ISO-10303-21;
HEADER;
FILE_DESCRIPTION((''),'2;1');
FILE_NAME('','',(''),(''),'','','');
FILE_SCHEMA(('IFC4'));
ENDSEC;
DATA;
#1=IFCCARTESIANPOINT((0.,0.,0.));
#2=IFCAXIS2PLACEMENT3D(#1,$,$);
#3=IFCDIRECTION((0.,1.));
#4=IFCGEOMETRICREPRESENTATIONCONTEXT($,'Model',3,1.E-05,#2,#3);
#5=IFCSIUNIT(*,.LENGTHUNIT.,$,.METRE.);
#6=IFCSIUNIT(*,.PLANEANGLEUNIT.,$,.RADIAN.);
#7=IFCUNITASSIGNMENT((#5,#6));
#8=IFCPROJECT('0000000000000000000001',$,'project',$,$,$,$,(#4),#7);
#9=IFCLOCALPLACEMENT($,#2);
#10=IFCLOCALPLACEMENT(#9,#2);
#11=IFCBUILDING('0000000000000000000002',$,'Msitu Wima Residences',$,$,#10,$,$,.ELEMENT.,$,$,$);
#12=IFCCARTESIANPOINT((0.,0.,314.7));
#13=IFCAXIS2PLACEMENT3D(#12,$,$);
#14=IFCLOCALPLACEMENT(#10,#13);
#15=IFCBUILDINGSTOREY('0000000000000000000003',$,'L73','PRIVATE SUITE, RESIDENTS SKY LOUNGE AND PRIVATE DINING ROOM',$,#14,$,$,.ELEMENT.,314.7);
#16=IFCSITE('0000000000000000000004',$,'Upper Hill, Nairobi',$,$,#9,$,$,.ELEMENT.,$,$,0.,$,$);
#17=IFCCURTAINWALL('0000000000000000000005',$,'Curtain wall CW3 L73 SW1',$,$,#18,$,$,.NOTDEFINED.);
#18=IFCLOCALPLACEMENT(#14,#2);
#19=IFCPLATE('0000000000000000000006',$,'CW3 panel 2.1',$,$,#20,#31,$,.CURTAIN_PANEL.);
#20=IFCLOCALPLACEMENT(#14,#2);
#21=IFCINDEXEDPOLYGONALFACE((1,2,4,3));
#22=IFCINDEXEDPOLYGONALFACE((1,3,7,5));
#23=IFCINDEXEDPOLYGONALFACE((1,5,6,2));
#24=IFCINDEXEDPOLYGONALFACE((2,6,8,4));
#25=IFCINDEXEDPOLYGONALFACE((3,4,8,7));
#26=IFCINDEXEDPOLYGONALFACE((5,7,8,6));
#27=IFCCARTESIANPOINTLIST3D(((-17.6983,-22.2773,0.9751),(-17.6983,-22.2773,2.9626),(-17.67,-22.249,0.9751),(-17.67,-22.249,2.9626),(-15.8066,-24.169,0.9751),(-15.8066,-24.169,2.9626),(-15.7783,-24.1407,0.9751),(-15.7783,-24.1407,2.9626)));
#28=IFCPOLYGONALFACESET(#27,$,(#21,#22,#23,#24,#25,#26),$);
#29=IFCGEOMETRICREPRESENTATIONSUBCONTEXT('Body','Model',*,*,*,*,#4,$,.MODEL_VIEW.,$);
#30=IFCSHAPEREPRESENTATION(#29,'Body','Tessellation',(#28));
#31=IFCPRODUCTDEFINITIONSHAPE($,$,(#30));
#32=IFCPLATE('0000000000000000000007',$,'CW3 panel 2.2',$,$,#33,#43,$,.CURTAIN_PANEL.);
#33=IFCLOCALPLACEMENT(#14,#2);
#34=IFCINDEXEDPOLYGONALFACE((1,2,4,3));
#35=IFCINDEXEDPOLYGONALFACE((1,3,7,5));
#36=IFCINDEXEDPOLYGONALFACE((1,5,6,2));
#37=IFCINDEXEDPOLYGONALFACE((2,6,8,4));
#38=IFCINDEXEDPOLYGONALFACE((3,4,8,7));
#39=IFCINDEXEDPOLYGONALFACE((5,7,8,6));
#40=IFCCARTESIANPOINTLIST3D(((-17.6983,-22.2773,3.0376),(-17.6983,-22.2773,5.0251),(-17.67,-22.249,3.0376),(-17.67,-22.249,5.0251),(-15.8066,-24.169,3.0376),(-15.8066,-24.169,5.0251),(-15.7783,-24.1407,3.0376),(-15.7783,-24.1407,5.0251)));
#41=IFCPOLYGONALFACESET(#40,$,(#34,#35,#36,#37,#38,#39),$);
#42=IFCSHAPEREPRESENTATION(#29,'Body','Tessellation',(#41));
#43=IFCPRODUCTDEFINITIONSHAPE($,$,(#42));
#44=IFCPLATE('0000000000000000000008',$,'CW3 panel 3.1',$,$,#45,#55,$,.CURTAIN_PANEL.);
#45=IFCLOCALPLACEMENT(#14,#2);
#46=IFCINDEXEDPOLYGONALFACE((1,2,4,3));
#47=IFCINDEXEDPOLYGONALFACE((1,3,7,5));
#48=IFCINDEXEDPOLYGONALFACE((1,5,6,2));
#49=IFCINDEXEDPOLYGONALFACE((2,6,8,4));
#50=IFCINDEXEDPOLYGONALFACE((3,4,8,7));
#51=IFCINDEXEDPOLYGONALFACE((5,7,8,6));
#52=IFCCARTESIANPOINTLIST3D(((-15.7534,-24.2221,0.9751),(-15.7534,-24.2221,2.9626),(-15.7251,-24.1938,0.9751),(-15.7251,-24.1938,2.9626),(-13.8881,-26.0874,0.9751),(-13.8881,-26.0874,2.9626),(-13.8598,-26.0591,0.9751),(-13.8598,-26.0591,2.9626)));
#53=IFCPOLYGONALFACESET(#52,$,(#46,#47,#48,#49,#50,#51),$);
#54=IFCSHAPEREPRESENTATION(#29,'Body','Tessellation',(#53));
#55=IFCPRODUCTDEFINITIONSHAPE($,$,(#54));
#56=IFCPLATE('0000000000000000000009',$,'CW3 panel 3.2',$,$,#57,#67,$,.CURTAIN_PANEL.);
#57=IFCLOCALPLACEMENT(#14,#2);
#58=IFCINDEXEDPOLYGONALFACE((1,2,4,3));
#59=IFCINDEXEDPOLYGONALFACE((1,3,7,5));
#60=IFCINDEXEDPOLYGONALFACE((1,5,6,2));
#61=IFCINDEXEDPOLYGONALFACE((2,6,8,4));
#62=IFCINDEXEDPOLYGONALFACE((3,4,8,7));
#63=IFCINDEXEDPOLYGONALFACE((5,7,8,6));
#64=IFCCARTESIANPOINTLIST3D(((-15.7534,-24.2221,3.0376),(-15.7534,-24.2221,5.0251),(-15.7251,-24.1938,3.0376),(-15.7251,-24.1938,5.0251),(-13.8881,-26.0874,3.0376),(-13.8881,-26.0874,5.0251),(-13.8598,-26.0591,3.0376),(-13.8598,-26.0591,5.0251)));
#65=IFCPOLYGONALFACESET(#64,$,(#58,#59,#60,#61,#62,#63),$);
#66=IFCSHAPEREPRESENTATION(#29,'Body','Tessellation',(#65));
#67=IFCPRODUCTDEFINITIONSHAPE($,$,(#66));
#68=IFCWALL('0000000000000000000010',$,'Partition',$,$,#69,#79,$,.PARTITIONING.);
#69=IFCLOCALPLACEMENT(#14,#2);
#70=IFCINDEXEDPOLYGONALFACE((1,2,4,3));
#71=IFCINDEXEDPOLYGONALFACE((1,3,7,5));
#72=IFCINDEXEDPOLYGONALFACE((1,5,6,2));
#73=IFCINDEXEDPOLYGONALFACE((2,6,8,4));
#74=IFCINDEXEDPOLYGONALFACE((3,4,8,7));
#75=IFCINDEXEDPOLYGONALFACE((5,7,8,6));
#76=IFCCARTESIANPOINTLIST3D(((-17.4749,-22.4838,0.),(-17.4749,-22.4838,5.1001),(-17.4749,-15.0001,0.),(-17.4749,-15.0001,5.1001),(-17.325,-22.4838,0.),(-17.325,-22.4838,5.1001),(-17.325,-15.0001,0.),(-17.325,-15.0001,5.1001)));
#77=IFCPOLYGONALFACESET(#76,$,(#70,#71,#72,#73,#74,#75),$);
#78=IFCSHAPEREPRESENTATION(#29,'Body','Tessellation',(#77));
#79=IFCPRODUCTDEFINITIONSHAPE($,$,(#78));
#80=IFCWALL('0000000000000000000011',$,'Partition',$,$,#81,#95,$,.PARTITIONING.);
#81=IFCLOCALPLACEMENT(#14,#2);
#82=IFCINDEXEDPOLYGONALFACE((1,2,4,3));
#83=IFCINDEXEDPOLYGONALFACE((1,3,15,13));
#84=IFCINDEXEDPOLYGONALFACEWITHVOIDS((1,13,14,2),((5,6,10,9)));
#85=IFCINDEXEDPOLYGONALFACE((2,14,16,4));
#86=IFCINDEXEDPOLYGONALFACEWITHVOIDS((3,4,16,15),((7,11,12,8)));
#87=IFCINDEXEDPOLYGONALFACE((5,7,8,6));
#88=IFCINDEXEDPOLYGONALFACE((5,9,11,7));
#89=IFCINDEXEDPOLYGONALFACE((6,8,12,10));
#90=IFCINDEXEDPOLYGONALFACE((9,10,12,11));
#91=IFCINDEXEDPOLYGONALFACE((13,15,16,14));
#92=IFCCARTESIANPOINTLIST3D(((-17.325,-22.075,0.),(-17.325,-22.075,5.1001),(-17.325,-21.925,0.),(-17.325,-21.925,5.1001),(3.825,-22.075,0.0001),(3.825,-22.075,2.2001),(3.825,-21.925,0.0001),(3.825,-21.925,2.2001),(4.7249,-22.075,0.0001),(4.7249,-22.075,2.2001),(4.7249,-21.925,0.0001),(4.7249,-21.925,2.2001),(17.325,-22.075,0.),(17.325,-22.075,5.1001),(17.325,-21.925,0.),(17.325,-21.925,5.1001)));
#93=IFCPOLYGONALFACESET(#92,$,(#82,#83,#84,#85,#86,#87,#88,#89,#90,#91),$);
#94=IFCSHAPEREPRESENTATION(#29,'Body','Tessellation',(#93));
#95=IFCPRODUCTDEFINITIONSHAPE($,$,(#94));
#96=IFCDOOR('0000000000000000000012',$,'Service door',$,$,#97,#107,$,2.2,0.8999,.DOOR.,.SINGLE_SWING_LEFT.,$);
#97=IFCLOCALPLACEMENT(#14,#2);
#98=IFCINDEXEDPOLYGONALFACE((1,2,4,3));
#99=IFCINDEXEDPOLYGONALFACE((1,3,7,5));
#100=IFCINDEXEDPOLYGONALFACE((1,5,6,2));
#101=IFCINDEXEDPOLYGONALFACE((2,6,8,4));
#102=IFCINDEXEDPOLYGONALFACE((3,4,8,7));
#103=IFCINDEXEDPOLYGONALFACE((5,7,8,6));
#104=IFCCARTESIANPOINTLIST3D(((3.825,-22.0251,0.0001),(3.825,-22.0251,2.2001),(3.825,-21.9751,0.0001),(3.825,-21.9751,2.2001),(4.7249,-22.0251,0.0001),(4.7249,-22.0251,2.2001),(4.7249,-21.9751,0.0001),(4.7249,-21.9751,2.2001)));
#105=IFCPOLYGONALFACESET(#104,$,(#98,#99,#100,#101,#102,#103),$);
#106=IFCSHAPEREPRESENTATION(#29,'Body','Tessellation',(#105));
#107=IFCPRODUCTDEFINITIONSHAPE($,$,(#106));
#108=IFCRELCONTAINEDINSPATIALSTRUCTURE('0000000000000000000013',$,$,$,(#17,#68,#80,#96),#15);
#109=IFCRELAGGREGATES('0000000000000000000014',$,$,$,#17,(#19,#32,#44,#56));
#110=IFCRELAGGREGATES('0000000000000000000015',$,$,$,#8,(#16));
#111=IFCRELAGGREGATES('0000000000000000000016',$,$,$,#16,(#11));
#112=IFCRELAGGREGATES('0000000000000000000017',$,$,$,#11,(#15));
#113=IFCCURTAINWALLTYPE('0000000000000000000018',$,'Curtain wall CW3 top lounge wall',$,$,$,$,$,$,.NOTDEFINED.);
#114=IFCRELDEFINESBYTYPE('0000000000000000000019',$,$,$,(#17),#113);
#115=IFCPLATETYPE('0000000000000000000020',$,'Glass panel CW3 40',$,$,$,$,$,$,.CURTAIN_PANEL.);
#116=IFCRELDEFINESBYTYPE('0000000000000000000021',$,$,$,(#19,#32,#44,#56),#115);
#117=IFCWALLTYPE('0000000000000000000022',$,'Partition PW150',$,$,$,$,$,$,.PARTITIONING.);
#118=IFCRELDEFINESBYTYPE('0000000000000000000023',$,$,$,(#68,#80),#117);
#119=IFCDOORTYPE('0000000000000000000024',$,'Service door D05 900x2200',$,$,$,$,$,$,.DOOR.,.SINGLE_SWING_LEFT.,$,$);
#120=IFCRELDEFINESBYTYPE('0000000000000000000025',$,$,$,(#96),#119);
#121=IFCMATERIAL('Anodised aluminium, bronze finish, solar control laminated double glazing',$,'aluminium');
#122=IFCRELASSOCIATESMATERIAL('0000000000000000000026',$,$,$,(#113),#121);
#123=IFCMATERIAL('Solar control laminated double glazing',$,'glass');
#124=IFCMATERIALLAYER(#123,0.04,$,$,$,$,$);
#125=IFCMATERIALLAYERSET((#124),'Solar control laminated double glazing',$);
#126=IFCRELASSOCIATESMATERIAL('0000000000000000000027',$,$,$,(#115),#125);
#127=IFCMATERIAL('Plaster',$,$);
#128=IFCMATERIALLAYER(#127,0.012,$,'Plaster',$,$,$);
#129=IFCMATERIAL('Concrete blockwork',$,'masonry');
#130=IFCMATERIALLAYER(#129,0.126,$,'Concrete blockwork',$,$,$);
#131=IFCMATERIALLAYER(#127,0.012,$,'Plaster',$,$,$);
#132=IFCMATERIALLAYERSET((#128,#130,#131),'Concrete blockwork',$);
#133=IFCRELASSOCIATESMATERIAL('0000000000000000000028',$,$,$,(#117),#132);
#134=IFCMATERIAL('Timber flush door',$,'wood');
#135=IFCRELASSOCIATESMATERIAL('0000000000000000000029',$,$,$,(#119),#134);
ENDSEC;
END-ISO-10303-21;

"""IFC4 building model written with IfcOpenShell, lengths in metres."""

from ifc_helpers import new_model, si_unit, direction, frame, frame_2d, origin, origin_2d, place, context, subcontext, project, spatial, rectangle, extrude, material, layer, layer_set, type_object, element, fill, aggregate, save


model = new_model("IFC4")

# Units and contexts
model_context = context("Model", 3, precision=1e-05, world=origin(), true_north=direction((0.0, 1.0)))
body_context = subcontext(model_context, "Body", "Model", "MODEL_VIEW")
ifc_project = project(units=[si_unit("LENGTHUNIT", "METRE"), si_unit("PLANEANGLEUNIT", "RADIAN")], contexts=[model_context])

# Site, building, storey
site_placement = place(None, origin())
site = spatial("IfcSite", under=ifc_project, at=site_placement, Name="Upper Hill, Nairobi", CompositionType="ELEMENT", RefElevation=0.0)
building_placement = place(site_placement, origin())
building = spatial("IfcBuilding", under=site, at=building_placement, Name="Msitu Wima Residences", CompositionType="ELEMENT")
storey_placement = place(building_placement, frame((0.0, 0.0, 314.7)))
storey = spatial("IfcBuildingStorey", under=building, at=storey_placement, Name="L73", Description="PRIVATE SUITE, RESIDENTS SKY LOUNGE AND PRIVATE DINING ROOM", CompositionType="ELEMENT", Elevation=314.7)

# Shared definitions
ifc_material_1 = material(Name="Anodised aluminium, bronze finish, solar control laminated double glazing", Category="aluminium")
curtain_wall_type = type_object("IfcCurtainWallType", Name="Curtain wall CW3 top lounge wall", PredefinedType="NOTDEFINED", material=ifc_material_1)

# Curtain wall
curtain_wall_1_placement = place(storey_placement, origin())
curtain_wall_1 = element("IfcCurtainWall", 1, at=curtain_wall_1_placement, inside=storey, type_object=curtain_wall_type, Name="Curtain wall CW3 L73 SW1", PredefinedType="NOTDEFINED")

# Plates
ifc_material_2 = material(Name="Solar control laminated double glazing", Category="glass")
ifc_layer_1 = layer(ifc_material_2, 0.04)
ifc_layer_set_1 = layer_set([ifc_layer_1], Name="Solar control laminated double glazing")
plate_type = type_object("IfcPlateType", Name="Glass panel CW3 40", PredefinedType="CURTAIN_PANEL", material=ifc_layer_set_1)
plate_1_placement = place(storey_placement, frame((-16.7383, -23.209, 0.9751), z_axis=(0.0, 0.0, 1.0), x_axis=(0.707107, -0.707107, 0.0)))
plate_1 = element("IfcPlate", 2, at=plate_1_placement, type_object=plate_type, Name="CW3 panel 2.1", PredefinedType="CURTAIN_PANEL", context=body_context, shape_type="SweptSolid", body=[
    extrude(rectangle(XDim=2.6753, YDim=0.04, at=origin_2d()), origin(), (0.0, 0.0, 1.0), 1.9875),
])
plate_2_placement = place(storey_placement, frame((-16.7383, -23.209, 3.0376), z_axis=(0.0, 0.0, 1.0), x_axis=(0.707107, -0.707107, 0.0)))
plate_2 = element("IfcPlate", 3, at=plate_2_placement, type_object=plate_type, Name="CW3 panel 2.2", PredefinedType="CURTAIN_PANEL", context=body_context, shape_type="SweptSolid", body=[
    extrude(rectangle(XDim=2.6753, YDim=0.04, at=origin_2d()), origin(), (0.0, 0.0, 1.0), 1.9875),
])
plate_3_placement = place(storey_placement, frame((-14.8066, -25.1406, 0.9751), z_axis=(0.0, 0.0, 1.0), x_axis=(0.707107, -0.707107, 0.0)))
plate_3 = element("IfcPlate", 4, at=plate_3_placement, type_object=plate_type, Name="CW3 panel 3.1", PredefinedType="CURTAIN_PANEL", context=body_context, shape_type="SweptSolid", body=[
    extrude(rectangle(XDim=2.6379, YDim=0.04, at=origin_2d()), origin(), (0.0, 0.0, 1.0), 1.9875),
])
plate_4_placement = place(storey_placement, frame((-14.8066, -25.1406, 3.0376), z_axis=(0.0, 0.0, 1.0), x_axis=(0.707107, -0.707107, 0.0)))
plate_4 = element("IfcPlate", 5, at=plate_4_placement, type_object=plate_type, Name="CW3 panel 3.2", PredefinedType="CURTAIN_PANEL", context=body_context, shape_type="SweptSolid", body=[
    extrude(rectangle(XDim=2.6379, YDim=0.04, at=origin_2d()), origin(), (0.0, 0.0, 1.0), 1.9875),
])
aggregate(curtain_wall_1, [plate_1, plate_2, plate_3, plate_4])

# Wall
ifc_material_3 = material(Name="Plaster")
ifc_layer_2 = layer(ifc_material_3, 0.012, Name="Plaster")
ifc_material_4 = material(Name="Concrete blockwork", Category="masonry")
ifc_layer_3 = layer(ifc_material_4, 0.126, Name="Concrete blockwork")
ifc_layer_4 = layer(ifc_material_3, 0.012, Name="Plaster")
ifc_layer_set_2 = layer_set([ifc_layer_2, ifc_layer_3, ifc_layer_4], Name="Concrete blockwork")
wall_type = type_object("IfcWallType", Name="Partition PW150", PredefinedType="PARTITIONING", material=ifc_layer_set_2)
wall_1_placement = place(storey_placement, frame((-17.3999, -22.4836, 0.0), z_axis=(0.0, 0.0, 1.0), x_axis=(0.0, 1.0, 0.0)))
element("IfcWall", 6, at=wall_1_placement, inside=storey, type_object=wall_type, Name="Partition", PredefinedType="PARTITIONING", context=body_context, shape_type="SweptSolid", body=[
    extrude(rectangle(XDim=7.4836, YDim=0.1499, at=frame_2d((3.7417, 0.0))), origin(), (0.0, 0.0, 1.0), 5.1001),
])

# Wall, opening, door
wall_2_placement = place(storey_placement, frame((-17.325, -22.0, 0.0), z_axis=(0.0, 0.0, 1.0), x_axis=(1.0, 0.0, 0.0)))
wall_2 = element("IfcWall", 7, at=wall_2_placement, inside=storey, type_object=wall_type, Name="Partition", PredefinedType="PARTITIONING", context=body_context, shape_type="SweptSolid", body=[
    extrude(rectangle(XDim=34.6499, YDim=0.1499, at=frame_2d((17.325, 0.0))), origin(), (0.0, 0.0, 1.0), 5.1001),
])
opening_placement = place(wall_2_placement, frame((21.1499, 0.0, 0.0)))
opening = element("IfcOpeningElement", 8, at=opening_placement, cuts=wall_2, PredefinedType="OPENING", context=body_context, shape_type="SweptSolid", body=[
    extrude(rectangle(XDim=0.8999, YDim=2.2, at=frame_2d((0.45, 1.1001))), frame((0.0, 0.085, 0.0), z_axis=(0.0, -1.0, 0.0), x_axis=(1.0, 0.0, 0.0)), (0.0, 0.0, 1.0), 0.1699),
])
ifc_material_5 = material(Name="Timber flush door", Category="wood")
door_type = type_object("IfcDoorType", Name="Service door D05 900x2200", OperationType="SINGLE_SWING_LEFT", PredefinedType="DOOR", material=ifc_material_5)
door_placement = place(opening_placement, origin())
door = element("IfcDoor", 9, at=door_placement, inside=storey, type_object=door_type, Name="Service door", OperationType="SINGLE_SWING_LEFT", OverallHeight=2.2, OverallWidth=0.8999, PredefinedType="DOOR", context=body_context, shape_type="SweptSolid", body=[
    extrude(rectangle(XDim=0.8999, YDim=2.2, at=frame_2d((0.45, 1.1001))), frame((0.0, 0.0249, 0.0), z_axis=(0.0, -1.0, 0.0), x_axis=(1.0, 0.0, 0.0)), (0.0, 0.0, 1.0), 0.05),
])
fill(opening, door)

save(model, "model.ifc")
